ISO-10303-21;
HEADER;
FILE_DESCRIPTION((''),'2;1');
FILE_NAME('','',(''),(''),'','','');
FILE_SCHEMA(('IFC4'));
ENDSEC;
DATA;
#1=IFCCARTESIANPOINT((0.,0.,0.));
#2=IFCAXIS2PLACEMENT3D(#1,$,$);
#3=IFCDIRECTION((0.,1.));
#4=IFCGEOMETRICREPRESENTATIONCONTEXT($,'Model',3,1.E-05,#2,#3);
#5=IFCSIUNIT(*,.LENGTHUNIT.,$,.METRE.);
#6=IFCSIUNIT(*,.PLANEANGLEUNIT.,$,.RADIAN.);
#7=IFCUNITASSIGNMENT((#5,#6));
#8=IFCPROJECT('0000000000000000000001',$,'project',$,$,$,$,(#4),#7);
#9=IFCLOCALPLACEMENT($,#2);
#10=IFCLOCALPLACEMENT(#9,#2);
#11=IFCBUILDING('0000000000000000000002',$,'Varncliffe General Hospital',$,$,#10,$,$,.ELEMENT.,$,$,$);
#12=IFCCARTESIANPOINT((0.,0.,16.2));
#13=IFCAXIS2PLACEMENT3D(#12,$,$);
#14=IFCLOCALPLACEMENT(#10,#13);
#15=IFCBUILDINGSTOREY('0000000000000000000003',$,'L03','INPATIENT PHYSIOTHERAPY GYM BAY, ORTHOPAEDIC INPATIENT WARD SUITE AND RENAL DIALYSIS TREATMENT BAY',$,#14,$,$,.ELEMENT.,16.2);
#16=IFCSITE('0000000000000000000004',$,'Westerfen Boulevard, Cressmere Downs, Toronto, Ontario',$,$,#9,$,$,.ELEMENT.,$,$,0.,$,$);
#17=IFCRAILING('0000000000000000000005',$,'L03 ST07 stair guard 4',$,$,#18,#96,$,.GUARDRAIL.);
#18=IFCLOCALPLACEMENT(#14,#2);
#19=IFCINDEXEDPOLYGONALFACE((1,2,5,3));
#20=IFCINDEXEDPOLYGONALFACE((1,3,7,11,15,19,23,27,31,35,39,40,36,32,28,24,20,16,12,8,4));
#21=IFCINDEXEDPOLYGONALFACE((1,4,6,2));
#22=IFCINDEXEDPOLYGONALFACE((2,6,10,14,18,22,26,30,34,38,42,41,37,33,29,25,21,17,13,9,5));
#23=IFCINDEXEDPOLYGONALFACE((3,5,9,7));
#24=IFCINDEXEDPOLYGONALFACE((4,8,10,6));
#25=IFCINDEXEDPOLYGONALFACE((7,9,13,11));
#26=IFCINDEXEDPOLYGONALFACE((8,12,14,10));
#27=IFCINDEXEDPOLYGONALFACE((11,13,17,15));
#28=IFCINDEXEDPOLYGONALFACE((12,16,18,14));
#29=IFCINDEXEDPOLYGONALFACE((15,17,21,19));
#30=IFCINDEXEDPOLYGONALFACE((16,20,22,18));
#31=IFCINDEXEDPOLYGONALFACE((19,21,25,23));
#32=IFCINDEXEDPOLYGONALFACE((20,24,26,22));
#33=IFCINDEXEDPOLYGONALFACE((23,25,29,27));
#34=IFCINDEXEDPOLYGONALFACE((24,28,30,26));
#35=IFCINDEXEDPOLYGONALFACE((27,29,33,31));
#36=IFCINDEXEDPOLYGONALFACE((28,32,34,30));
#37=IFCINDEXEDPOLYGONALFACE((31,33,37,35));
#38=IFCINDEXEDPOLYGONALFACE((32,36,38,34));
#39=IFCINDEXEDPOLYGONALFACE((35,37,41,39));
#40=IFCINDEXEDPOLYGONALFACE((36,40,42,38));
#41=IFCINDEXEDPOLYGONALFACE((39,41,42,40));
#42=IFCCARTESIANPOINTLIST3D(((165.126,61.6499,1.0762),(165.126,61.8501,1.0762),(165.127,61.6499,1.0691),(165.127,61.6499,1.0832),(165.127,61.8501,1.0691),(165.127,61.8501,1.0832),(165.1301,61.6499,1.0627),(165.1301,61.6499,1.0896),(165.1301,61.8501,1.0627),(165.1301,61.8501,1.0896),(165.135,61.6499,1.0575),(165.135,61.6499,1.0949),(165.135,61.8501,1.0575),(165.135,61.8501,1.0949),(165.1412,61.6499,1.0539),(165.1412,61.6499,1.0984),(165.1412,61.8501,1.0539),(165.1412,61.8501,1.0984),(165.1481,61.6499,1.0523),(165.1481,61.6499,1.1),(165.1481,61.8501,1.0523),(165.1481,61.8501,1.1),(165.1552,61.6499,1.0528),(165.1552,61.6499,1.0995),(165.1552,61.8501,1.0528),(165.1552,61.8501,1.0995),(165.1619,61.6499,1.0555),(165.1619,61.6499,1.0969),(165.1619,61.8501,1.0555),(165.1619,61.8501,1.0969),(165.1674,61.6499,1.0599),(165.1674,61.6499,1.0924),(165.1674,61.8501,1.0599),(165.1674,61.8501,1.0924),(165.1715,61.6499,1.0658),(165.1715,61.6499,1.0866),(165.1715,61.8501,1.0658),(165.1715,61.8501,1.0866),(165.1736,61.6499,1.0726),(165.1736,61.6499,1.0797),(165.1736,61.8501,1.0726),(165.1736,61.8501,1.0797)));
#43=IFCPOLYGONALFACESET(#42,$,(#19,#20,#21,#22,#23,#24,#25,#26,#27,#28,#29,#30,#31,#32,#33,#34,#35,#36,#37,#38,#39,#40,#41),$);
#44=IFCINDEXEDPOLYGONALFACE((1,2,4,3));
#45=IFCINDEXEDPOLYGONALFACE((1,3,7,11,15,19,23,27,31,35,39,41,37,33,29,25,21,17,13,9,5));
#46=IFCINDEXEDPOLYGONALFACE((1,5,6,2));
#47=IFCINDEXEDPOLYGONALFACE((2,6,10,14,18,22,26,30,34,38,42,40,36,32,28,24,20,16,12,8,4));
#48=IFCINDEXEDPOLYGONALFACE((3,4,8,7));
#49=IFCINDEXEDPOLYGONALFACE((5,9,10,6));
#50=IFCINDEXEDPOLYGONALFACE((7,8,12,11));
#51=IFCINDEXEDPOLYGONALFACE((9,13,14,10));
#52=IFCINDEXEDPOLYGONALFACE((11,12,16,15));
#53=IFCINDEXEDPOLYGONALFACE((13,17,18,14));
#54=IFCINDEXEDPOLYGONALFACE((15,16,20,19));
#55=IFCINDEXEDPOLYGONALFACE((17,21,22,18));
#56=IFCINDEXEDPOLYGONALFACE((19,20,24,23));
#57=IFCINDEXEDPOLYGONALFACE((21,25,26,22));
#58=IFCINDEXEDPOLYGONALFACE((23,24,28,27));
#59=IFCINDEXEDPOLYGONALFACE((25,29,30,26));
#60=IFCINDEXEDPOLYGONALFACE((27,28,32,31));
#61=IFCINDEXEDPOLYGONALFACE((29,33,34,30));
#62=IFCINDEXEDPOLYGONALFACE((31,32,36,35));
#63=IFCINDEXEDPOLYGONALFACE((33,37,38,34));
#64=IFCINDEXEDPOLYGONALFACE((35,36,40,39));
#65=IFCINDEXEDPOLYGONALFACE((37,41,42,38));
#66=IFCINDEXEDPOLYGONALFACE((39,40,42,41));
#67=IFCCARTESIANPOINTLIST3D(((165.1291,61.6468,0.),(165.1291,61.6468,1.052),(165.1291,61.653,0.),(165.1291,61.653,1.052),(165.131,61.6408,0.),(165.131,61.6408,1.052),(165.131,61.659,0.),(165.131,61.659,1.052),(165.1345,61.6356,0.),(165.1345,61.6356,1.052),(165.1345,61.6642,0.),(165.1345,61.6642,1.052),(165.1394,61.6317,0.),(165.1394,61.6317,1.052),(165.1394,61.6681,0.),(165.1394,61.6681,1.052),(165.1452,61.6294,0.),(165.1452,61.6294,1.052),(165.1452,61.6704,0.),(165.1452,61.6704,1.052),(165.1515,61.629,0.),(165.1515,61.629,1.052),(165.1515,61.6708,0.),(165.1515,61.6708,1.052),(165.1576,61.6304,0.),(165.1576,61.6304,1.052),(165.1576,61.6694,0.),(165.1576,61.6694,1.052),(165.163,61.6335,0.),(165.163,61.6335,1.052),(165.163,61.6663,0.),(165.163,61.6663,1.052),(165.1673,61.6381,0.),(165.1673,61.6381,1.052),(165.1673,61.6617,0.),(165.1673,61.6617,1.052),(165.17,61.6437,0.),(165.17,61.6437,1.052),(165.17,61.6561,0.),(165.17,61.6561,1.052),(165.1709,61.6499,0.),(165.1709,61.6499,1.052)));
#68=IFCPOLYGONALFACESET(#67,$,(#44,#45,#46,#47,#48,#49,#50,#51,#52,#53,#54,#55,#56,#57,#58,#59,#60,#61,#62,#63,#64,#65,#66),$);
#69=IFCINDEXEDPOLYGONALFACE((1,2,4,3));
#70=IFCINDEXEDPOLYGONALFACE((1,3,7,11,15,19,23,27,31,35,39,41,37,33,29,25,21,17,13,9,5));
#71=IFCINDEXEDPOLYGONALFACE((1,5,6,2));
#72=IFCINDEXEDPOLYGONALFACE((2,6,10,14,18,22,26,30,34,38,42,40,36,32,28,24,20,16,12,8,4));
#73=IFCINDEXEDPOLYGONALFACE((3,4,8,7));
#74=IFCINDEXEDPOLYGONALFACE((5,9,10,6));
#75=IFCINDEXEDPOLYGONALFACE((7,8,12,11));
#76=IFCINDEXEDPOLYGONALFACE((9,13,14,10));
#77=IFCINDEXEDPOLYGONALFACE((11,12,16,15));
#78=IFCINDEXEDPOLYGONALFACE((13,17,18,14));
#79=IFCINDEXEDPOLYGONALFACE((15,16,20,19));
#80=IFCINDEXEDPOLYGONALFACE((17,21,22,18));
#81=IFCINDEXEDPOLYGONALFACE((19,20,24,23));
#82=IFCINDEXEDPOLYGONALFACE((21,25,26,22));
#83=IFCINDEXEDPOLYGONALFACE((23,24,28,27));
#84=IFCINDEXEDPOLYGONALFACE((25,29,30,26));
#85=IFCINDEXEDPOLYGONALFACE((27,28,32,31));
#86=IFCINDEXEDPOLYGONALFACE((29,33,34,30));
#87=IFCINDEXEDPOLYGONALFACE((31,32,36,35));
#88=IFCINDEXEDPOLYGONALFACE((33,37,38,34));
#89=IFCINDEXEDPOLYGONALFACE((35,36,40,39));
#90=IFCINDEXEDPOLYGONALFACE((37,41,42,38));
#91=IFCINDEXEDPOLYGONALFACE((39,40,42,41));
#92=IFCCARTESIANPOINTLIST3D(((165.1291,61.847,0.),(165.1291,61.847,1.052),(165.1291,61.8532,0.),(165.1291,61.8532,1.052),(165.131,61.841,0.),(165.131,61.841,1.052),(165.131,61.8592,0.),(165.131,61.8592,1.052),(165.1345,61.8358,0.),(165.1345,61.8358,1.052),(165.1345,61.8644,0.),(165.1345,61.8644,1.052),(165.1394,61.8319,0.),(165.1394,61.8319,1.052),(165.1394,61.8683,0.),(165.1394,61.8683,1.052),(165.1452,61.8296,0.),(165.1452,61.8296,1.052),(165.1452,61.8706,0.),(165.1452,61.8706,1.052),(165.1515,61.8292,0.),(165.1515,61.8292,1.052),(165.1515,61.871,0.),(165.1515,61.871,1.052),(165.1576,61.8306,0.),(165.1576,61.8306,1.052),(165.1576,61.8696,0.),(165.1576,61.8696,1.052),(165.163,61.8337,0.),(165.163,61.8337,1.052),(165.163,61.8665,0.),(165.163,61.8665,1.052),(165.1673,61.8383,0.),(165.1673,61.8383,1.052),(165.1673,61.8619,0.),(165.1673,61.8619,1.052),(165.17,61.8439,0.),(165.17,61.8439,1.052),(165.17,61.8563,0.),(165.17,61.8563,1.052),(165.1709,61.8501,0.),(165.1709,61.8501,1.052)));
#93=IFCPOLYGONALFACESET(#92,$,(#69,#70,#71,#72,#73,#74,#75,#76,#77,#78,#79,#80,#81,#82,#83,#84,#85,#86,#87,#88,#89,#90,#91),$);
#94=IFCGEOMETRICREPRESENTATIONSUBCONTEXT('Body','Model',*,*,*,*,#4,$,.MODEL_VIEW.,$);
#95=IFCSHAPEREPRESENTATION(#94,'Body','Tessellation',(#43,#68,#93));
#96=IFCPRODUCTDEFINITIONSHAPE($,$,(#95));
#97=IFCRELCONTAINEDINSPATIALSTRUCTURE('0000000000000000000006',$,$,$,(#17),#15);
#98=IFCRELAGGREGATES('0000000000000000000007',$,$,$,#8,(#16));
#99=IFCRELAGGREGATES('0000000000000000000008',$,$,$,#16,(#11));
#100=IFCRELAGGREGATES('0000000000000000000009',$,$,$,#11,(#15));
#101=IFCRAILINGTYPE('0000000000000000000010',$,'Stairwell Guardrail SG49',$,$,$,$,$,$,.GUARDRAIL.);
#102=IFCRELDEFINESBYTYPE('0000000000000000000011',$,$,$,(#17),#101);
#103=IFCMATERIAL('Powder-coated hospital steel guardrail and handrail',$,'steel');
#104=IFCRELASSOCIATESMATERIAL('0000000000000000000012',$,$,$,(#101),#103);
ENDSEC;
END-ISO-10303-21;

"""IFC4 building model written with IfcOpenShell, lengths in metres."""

from ifc_helpers import new_model, si_unit, direction, frame, origin, origin_2d, place, context, subcontext, project, spatial, circle, extrude, material, type_object, element, save


model = new_model("IFC4")

# Units and contexts
model_context = context("Model", 3, precision=1e-05, world=origin(), true_north=direction((0.0, 1.0)))
body_context = subcontext(model_context, "Body", "Model", "MODEL_VIEW")
ifc_project = project(units=[si_unit("LENGTHUNIT", "METRE"), si_unit("PLANEANGLEUNIT", "RADIAN")], contexts=[model_context])

# Site, building, storey
site_placement = place(None, origin())
site = spatial("IfcSite", under=ifc_project, at=site_placement, Name="Westerfen Boulevard, Cressmere Downs, Toronto, Ontario", CompositionType="ELEMENT", RefElevation=0.0)
building_placement = place(site_placement, origin())
building = spatial("IfcBuilding", under=site, at=building_placement, Name="Varncliffe General Hospital", CompositionType="ELEMENT")
storey_placement = place(building_placement, frame((0.0, 0.0, 16.2)))
storey = spatial("IfcBuildingStorey", under=building, at=storey_placement, Name="L03", Description="INPATIENT PHYSIOTHERAPY GYM BAY, ORTHOPAEDIC INPATIENT WARD SUITE AND RENAL DIALYSIS TREATMENT BAY", CompositionType="ELEMENT", Elevation=16.2)

# Railing
ifc_material_1 = material(Name="Powder-coated hospital steel guardrail and handrail", Category="steel")
railing_type_1 = type_object("IfcRailingType", Name="Stairwell Guardrail SG49", PredefinedType="GUARDRAIL", material=ifc_material_1)
railing_1_placement = place(storey_placement, frame((165.1499, 61.6499, 0.0)))
element("IfcRailing", 1, at=railing_1_placement, inside=storey, type_object=railing_type_1, Name="L03 ST07 stair guard 4", PredefinedType="GUARDRAIL", context=body_context, shape_type="SweptSolid", body=[
    extrude(circle(Radius=0.0239, at=origin_2d()), frame((0.0, 0.0, 1.0762), z_axis=(0.0, 1.0, 0.0), x_axis=(-1.0, 0.0, 0.0)), (0.0, 0.0, 1.0), 0.2002),
    extrude(circle(Radius=0.021, at=origin_2d()), origin(), (0.0, 0.0, 1.0), 1.052),
    extrude(circle(Radius=0.021, at=origin_2d()), frame((0.0, 0.2002, 0.0)), (0.0, 0.0, 1.0), 1.052),
])

save(model, "model.ifc")
